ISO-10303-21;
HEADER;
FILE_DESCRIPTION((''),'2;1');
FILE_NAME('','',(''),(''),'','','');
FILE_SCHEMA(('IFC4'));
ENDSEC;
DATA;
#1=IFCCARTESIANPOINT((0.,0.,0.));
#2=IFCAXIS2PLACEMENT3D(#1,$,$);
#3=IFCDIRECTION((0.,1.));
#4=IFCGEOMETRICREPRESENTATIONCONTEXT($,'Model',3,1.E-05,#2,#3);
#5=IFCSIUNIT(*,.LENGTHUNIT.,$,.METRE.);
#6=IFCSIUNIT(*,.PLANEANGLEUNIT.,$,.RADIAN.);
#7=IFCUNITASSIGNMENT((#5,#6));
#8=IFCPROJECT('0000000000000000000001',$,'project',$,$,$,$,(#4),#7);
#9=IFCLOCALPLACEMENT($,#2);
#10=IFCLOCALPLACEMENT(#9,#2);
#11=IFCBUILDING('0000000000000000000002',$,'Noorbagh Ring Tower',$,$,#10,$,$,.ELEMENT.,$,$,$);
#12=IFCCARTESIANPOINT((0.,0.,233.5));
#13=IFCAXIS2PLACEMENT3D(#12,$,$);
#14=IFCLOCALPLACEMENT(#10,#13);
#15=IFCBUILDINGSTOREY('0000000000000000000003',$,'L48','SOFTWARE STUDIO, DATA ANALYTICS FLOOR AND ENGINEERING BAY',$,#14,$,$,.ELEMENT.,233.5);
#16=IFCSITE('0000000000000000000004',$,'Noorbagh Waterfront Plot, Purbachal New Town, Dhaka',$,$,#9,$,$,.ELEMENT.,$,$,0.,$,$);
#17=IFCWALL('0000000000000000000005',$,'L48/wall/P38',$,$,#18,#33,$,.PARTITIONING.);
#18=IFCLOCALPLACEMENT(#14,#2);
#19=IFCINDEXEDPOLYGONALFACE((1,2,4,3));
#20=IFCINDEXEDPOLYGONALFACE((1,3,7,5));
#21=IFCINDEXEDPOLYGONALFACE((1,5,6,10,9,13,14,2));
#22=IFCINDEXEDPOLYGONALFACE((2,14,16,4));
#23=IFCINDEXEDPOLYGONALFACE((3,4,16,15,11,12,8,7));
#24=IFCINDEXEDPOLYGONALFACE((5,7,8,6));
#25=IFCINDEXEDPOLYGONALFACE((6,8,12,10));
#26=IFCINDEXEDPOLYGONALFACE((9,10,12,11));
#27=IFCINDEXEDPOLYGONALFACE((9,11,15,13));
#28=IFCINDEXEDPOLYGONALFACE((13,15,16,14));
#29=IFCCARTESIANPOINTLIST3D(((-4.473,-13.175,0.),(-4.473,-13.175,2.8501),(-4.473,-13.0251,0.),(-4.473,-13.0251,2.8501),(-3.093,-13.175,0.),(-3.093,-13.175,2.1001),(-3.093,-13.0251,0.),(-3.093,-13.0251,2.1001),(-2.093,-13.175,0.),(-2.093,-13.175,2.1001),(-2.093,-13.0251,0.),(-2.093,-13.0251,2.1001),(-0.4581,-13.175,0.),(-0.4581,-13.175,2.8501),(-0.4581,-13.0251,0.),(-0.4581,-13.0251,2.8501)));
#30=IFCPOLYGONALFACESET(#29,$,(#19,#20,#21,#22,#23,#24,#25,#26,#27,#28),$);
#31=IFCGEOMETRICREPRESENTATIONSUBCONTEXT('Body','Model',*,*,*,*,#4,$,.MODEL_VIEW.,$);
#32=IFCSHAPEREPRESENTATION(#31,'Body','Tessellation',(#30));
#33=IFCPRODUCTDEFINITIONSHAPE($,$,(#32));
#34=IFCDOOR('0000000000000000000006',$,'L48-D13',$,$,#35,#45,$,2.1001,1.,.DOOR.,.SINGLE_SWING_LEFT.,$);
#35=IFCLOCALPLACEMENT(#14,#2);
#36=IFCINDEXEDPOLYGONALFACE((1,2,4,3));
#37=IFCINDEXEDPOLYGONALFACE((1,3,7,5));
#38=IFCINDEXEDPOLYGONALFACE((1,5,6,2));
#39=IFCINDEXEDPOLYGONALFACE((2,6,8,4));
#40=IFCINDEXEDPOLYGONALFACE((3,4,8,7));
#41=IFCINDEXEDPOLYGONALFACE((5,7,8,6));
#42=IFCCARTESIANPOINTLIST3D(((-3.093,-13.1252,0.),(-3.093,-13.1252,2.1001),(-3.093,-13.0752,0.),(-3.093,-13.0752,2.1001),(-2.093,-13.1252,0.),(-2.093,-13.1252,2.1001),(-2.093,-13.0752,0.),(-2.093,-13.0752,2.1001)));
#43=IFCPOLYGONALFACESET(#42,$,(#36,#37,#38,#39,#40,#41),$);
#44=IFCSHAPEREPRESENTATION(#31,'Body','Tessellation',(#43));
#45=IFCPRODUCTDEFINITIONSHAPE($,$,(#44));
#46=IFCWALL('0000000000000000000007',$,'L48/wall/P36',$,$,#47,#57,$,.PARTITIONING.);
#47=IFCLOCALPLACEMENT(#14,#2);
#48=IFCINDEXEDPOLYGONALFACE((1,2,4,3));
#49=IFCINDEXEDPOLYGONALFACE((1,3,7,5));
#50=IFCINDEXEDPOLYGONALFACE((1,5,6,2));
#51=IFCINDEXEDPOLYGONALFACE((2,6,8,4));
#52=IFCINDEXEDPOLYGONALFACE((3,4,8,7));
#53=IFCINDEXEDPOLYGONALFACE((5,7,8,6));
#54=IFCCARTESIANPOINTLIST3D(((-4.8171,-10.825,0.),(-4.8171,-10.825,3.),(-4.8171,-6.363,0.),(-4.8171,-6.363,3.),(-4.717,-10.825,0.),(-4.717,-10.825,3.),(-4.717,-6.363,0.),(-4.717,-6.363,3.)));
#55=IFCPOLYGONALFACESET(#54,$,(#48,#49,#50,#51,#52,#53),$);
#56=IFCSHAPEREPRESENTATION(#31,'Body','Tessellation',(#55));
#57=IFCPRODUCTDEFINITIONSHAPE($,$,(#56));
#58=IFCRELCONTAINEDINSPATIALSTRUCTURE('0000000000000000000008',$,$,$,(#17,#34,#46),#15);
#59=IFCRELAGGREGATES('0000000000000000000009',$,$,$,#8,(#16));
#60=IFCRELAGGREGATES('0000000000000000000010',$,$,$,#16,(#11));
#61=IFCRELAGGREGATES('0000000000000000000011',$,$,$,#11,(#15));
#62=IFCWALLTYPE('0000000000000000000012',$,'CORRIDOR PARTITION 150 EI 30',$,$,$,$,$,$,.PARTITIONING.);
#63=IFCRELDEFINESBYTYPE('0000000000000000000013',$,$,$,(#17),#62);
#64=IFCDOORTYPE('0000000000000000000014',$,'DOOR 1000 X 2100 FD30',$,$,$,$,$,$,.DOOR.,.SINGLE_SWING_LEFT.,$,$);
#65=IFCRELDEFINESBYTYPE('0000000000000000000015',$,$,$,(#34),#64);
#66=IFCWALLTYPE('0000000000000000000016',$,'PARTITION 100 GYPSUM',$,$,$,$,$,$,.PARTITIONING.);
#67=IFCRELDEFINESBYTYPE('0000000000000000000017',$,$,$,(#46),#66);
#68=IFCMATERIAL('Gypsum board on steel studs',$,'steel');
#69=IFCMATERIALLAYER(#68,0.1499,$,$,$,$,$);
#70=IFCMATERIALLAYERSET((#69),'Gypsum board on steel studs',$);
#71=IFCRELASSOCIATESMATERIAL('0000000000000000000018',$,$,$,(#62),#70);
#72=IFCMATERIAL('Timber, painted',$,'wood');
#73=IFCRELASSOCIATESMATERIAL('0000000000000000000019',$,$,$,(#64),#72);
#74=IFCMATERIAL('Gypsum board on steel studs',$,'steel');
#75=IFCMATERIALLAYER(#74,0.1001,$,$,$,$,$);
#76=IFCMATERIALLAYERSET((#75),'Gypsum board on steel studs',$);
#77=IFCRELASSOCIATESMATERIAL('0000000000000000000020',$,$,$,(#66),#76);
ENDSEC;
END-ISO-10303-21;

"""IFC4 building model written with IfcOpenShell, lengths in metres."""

from ifc_helpers import new_model, si_unit, direction, frame, frame_2d, origin, place, context, subcontext, project, spatial, rectangle, extrude, material, layer, layer_set, type_object, element, fill, save


model = new_model("IFC4")

# Units and contexts
model_context = context("Model", 3, precision=1e-05, world=origin(), true_north=direction((0.0, 1.0)))
body_context = subcontext(model_context, "Body", "Model", "MODEL_VIEW")
ifc_project = project(units=[si_unit("LENGTHUNIT", "METRE"), si_unit("PLANEANGLEUNIT", "RADIAN")], contexts=[model_context])

# Site, building, storey
site_placement = place(None, origin())
site = spatial("IfcSite", under=ifc_project, at=site_placement, Name="Noorbagh Waterfront Plot, Purbachal New Town, Dhaka", CompositionType="ELEMENT", RefElevation=0.0)
building_placement = place(site_placement, origin())
building = spatial("IfcBuilding", under=site, at=building_placement, Name="Noorbagh Ring Tower", CompositionType="ELEMENT")
storey_placement = place(building_placement, frame((0.0, 0.0, 233.5)))
storey = spatial("IfcBuildingStorey", under=building, at=storey_placement, Name="L48", Description="SOFTWARE STUDIO, DATA ANALYTICS FLOOR AND ENGINEERING BAY", CompositionType="ELEMENT", Elevation=233.5)

# Shared definitions
ifc_material_1 = material(Name="Gypsum board on steel studs", Category="steel")
ifc_layer_1 = layer(ifc_material_1, 0.1499)
ifc_layer_set_1 = layer_set([ifc_layer_1], Name="Gypsum board on steel studs")
wall_type_1 = type_object("IfcWallType", Name="CORRIDOR PARTITION 150 EI 30", PredefinedType="PARTITIONING", material=ifc_layer_set_1)

# Wall, opening, door
ifc_material_2 = material(Name="Timber, painted", Category="wood")
door_type = type_object("IfcDoorType", Name="DOOR 1000 X 2100 FD30", OperationType="SINGLE_SWING_LEFT", PredefinedType="DOOR", material=ifc_material_2)
wall_1_placement = place(storey_placement, frame((-4.4729, -13.1001, 0.0), z_axis=(0.0, 0.0, 1.0), x_axis=(1.0, 0.0, 0.0)))
wall_1 = element("IfcWall", 1, at=wall_1_placement, inside=storey, type_object=wall_type_1, Name="L48/wall/P38", PredefinedType="PARTITIONING", context=body_context, shape_type="SweptSolid", body=[
    extrude(rectangle(XDim=4.0149, YDim=0.1499, at=frame_2d((2.0073, 0.0))), origin(), (0.0, 0.0, 1.0), 2.8501),
])
opening_1_placement = place(wall_1_placement, frame((1.3799, 0.0, 0.0)))
opening_1 = element("IfcOpeningElement", 2, at=opening_1_placement, cuts=wall_1, PredefinedType="OPENING", context=body_context, shape_type="SweptSolid", body=[
    extrude(rectangle(XDim=1.0, YDim=2.1001, at=frame_2d((0.5, 1.05))), frame((0.0, 0.085, 0.0), z_axis=(0.0, -1.0, 0.0), x_axis=(1.0, 0.0, 0.0)), (0.0, 0.0, 1.0), 0.1699),
])
door_1_placement = place(opening_1_placement, origin())
door_1 = element("IfcDoor", 3, at=door_1_placement, inside=storey, type_object=door_type, Name="L48-D13", OperationType="SINGLE_SWING_LEFT", OverallHeight=2.1001, OverallWidth=1.0, PredefinedType="DOOR", context=body_context, shape_type="SweptSolid", body=[
    extrude(rectangle(XDim=1.0, YDim=2.1001, at=frame_2d((0.5, 1.05))), frame((0.0, 0.0249, 0.0), z_axis=(0.0, -1.0, 0.0), x_axis=(1.0, 0.0, 0.0)), (0.0, 0.0, 1.0), 0.05),
])
fill(opening_1, door_1)

# Wall
ifc_material_3 = material(Name="Gypsum board on steel studs", Category="steel")
ifc_layer_2 = layer(ifc_material_3, 0.1001)
ifc_layer_set_2 = layer_set([ifc_layer_2], Name="Gypsum board on steel studs")
wall_type_2 = type_object("IfcWallType", Name="PARTITION 100 GYPSUM", PredefinedType="PARTITIONING", material=ifc_layer_set_2)
wall_2_placement = place(storey_placement, frame((-4.7671, -10.825, 0.0), z_axis=(0.0, 0.0, 1.0), x_axis=(0.0, 1.0, 0.0)))
element("IfcWall", 4, at=wall_2_placement, inside=storey, type_object=wall_type_2, Name="L48/wall/P36", PredefinedType="PARTITIONING", context=body_context, shape_type="SweptSolid", body=[
    extrude(rectangle(XDim=4.4619, YDim=0.1001, at=frame_2d((2.231, 0.0))), origin(), (0.0, 0.0, 1.0), 3.0),
])

save(model, "model.ifc")
